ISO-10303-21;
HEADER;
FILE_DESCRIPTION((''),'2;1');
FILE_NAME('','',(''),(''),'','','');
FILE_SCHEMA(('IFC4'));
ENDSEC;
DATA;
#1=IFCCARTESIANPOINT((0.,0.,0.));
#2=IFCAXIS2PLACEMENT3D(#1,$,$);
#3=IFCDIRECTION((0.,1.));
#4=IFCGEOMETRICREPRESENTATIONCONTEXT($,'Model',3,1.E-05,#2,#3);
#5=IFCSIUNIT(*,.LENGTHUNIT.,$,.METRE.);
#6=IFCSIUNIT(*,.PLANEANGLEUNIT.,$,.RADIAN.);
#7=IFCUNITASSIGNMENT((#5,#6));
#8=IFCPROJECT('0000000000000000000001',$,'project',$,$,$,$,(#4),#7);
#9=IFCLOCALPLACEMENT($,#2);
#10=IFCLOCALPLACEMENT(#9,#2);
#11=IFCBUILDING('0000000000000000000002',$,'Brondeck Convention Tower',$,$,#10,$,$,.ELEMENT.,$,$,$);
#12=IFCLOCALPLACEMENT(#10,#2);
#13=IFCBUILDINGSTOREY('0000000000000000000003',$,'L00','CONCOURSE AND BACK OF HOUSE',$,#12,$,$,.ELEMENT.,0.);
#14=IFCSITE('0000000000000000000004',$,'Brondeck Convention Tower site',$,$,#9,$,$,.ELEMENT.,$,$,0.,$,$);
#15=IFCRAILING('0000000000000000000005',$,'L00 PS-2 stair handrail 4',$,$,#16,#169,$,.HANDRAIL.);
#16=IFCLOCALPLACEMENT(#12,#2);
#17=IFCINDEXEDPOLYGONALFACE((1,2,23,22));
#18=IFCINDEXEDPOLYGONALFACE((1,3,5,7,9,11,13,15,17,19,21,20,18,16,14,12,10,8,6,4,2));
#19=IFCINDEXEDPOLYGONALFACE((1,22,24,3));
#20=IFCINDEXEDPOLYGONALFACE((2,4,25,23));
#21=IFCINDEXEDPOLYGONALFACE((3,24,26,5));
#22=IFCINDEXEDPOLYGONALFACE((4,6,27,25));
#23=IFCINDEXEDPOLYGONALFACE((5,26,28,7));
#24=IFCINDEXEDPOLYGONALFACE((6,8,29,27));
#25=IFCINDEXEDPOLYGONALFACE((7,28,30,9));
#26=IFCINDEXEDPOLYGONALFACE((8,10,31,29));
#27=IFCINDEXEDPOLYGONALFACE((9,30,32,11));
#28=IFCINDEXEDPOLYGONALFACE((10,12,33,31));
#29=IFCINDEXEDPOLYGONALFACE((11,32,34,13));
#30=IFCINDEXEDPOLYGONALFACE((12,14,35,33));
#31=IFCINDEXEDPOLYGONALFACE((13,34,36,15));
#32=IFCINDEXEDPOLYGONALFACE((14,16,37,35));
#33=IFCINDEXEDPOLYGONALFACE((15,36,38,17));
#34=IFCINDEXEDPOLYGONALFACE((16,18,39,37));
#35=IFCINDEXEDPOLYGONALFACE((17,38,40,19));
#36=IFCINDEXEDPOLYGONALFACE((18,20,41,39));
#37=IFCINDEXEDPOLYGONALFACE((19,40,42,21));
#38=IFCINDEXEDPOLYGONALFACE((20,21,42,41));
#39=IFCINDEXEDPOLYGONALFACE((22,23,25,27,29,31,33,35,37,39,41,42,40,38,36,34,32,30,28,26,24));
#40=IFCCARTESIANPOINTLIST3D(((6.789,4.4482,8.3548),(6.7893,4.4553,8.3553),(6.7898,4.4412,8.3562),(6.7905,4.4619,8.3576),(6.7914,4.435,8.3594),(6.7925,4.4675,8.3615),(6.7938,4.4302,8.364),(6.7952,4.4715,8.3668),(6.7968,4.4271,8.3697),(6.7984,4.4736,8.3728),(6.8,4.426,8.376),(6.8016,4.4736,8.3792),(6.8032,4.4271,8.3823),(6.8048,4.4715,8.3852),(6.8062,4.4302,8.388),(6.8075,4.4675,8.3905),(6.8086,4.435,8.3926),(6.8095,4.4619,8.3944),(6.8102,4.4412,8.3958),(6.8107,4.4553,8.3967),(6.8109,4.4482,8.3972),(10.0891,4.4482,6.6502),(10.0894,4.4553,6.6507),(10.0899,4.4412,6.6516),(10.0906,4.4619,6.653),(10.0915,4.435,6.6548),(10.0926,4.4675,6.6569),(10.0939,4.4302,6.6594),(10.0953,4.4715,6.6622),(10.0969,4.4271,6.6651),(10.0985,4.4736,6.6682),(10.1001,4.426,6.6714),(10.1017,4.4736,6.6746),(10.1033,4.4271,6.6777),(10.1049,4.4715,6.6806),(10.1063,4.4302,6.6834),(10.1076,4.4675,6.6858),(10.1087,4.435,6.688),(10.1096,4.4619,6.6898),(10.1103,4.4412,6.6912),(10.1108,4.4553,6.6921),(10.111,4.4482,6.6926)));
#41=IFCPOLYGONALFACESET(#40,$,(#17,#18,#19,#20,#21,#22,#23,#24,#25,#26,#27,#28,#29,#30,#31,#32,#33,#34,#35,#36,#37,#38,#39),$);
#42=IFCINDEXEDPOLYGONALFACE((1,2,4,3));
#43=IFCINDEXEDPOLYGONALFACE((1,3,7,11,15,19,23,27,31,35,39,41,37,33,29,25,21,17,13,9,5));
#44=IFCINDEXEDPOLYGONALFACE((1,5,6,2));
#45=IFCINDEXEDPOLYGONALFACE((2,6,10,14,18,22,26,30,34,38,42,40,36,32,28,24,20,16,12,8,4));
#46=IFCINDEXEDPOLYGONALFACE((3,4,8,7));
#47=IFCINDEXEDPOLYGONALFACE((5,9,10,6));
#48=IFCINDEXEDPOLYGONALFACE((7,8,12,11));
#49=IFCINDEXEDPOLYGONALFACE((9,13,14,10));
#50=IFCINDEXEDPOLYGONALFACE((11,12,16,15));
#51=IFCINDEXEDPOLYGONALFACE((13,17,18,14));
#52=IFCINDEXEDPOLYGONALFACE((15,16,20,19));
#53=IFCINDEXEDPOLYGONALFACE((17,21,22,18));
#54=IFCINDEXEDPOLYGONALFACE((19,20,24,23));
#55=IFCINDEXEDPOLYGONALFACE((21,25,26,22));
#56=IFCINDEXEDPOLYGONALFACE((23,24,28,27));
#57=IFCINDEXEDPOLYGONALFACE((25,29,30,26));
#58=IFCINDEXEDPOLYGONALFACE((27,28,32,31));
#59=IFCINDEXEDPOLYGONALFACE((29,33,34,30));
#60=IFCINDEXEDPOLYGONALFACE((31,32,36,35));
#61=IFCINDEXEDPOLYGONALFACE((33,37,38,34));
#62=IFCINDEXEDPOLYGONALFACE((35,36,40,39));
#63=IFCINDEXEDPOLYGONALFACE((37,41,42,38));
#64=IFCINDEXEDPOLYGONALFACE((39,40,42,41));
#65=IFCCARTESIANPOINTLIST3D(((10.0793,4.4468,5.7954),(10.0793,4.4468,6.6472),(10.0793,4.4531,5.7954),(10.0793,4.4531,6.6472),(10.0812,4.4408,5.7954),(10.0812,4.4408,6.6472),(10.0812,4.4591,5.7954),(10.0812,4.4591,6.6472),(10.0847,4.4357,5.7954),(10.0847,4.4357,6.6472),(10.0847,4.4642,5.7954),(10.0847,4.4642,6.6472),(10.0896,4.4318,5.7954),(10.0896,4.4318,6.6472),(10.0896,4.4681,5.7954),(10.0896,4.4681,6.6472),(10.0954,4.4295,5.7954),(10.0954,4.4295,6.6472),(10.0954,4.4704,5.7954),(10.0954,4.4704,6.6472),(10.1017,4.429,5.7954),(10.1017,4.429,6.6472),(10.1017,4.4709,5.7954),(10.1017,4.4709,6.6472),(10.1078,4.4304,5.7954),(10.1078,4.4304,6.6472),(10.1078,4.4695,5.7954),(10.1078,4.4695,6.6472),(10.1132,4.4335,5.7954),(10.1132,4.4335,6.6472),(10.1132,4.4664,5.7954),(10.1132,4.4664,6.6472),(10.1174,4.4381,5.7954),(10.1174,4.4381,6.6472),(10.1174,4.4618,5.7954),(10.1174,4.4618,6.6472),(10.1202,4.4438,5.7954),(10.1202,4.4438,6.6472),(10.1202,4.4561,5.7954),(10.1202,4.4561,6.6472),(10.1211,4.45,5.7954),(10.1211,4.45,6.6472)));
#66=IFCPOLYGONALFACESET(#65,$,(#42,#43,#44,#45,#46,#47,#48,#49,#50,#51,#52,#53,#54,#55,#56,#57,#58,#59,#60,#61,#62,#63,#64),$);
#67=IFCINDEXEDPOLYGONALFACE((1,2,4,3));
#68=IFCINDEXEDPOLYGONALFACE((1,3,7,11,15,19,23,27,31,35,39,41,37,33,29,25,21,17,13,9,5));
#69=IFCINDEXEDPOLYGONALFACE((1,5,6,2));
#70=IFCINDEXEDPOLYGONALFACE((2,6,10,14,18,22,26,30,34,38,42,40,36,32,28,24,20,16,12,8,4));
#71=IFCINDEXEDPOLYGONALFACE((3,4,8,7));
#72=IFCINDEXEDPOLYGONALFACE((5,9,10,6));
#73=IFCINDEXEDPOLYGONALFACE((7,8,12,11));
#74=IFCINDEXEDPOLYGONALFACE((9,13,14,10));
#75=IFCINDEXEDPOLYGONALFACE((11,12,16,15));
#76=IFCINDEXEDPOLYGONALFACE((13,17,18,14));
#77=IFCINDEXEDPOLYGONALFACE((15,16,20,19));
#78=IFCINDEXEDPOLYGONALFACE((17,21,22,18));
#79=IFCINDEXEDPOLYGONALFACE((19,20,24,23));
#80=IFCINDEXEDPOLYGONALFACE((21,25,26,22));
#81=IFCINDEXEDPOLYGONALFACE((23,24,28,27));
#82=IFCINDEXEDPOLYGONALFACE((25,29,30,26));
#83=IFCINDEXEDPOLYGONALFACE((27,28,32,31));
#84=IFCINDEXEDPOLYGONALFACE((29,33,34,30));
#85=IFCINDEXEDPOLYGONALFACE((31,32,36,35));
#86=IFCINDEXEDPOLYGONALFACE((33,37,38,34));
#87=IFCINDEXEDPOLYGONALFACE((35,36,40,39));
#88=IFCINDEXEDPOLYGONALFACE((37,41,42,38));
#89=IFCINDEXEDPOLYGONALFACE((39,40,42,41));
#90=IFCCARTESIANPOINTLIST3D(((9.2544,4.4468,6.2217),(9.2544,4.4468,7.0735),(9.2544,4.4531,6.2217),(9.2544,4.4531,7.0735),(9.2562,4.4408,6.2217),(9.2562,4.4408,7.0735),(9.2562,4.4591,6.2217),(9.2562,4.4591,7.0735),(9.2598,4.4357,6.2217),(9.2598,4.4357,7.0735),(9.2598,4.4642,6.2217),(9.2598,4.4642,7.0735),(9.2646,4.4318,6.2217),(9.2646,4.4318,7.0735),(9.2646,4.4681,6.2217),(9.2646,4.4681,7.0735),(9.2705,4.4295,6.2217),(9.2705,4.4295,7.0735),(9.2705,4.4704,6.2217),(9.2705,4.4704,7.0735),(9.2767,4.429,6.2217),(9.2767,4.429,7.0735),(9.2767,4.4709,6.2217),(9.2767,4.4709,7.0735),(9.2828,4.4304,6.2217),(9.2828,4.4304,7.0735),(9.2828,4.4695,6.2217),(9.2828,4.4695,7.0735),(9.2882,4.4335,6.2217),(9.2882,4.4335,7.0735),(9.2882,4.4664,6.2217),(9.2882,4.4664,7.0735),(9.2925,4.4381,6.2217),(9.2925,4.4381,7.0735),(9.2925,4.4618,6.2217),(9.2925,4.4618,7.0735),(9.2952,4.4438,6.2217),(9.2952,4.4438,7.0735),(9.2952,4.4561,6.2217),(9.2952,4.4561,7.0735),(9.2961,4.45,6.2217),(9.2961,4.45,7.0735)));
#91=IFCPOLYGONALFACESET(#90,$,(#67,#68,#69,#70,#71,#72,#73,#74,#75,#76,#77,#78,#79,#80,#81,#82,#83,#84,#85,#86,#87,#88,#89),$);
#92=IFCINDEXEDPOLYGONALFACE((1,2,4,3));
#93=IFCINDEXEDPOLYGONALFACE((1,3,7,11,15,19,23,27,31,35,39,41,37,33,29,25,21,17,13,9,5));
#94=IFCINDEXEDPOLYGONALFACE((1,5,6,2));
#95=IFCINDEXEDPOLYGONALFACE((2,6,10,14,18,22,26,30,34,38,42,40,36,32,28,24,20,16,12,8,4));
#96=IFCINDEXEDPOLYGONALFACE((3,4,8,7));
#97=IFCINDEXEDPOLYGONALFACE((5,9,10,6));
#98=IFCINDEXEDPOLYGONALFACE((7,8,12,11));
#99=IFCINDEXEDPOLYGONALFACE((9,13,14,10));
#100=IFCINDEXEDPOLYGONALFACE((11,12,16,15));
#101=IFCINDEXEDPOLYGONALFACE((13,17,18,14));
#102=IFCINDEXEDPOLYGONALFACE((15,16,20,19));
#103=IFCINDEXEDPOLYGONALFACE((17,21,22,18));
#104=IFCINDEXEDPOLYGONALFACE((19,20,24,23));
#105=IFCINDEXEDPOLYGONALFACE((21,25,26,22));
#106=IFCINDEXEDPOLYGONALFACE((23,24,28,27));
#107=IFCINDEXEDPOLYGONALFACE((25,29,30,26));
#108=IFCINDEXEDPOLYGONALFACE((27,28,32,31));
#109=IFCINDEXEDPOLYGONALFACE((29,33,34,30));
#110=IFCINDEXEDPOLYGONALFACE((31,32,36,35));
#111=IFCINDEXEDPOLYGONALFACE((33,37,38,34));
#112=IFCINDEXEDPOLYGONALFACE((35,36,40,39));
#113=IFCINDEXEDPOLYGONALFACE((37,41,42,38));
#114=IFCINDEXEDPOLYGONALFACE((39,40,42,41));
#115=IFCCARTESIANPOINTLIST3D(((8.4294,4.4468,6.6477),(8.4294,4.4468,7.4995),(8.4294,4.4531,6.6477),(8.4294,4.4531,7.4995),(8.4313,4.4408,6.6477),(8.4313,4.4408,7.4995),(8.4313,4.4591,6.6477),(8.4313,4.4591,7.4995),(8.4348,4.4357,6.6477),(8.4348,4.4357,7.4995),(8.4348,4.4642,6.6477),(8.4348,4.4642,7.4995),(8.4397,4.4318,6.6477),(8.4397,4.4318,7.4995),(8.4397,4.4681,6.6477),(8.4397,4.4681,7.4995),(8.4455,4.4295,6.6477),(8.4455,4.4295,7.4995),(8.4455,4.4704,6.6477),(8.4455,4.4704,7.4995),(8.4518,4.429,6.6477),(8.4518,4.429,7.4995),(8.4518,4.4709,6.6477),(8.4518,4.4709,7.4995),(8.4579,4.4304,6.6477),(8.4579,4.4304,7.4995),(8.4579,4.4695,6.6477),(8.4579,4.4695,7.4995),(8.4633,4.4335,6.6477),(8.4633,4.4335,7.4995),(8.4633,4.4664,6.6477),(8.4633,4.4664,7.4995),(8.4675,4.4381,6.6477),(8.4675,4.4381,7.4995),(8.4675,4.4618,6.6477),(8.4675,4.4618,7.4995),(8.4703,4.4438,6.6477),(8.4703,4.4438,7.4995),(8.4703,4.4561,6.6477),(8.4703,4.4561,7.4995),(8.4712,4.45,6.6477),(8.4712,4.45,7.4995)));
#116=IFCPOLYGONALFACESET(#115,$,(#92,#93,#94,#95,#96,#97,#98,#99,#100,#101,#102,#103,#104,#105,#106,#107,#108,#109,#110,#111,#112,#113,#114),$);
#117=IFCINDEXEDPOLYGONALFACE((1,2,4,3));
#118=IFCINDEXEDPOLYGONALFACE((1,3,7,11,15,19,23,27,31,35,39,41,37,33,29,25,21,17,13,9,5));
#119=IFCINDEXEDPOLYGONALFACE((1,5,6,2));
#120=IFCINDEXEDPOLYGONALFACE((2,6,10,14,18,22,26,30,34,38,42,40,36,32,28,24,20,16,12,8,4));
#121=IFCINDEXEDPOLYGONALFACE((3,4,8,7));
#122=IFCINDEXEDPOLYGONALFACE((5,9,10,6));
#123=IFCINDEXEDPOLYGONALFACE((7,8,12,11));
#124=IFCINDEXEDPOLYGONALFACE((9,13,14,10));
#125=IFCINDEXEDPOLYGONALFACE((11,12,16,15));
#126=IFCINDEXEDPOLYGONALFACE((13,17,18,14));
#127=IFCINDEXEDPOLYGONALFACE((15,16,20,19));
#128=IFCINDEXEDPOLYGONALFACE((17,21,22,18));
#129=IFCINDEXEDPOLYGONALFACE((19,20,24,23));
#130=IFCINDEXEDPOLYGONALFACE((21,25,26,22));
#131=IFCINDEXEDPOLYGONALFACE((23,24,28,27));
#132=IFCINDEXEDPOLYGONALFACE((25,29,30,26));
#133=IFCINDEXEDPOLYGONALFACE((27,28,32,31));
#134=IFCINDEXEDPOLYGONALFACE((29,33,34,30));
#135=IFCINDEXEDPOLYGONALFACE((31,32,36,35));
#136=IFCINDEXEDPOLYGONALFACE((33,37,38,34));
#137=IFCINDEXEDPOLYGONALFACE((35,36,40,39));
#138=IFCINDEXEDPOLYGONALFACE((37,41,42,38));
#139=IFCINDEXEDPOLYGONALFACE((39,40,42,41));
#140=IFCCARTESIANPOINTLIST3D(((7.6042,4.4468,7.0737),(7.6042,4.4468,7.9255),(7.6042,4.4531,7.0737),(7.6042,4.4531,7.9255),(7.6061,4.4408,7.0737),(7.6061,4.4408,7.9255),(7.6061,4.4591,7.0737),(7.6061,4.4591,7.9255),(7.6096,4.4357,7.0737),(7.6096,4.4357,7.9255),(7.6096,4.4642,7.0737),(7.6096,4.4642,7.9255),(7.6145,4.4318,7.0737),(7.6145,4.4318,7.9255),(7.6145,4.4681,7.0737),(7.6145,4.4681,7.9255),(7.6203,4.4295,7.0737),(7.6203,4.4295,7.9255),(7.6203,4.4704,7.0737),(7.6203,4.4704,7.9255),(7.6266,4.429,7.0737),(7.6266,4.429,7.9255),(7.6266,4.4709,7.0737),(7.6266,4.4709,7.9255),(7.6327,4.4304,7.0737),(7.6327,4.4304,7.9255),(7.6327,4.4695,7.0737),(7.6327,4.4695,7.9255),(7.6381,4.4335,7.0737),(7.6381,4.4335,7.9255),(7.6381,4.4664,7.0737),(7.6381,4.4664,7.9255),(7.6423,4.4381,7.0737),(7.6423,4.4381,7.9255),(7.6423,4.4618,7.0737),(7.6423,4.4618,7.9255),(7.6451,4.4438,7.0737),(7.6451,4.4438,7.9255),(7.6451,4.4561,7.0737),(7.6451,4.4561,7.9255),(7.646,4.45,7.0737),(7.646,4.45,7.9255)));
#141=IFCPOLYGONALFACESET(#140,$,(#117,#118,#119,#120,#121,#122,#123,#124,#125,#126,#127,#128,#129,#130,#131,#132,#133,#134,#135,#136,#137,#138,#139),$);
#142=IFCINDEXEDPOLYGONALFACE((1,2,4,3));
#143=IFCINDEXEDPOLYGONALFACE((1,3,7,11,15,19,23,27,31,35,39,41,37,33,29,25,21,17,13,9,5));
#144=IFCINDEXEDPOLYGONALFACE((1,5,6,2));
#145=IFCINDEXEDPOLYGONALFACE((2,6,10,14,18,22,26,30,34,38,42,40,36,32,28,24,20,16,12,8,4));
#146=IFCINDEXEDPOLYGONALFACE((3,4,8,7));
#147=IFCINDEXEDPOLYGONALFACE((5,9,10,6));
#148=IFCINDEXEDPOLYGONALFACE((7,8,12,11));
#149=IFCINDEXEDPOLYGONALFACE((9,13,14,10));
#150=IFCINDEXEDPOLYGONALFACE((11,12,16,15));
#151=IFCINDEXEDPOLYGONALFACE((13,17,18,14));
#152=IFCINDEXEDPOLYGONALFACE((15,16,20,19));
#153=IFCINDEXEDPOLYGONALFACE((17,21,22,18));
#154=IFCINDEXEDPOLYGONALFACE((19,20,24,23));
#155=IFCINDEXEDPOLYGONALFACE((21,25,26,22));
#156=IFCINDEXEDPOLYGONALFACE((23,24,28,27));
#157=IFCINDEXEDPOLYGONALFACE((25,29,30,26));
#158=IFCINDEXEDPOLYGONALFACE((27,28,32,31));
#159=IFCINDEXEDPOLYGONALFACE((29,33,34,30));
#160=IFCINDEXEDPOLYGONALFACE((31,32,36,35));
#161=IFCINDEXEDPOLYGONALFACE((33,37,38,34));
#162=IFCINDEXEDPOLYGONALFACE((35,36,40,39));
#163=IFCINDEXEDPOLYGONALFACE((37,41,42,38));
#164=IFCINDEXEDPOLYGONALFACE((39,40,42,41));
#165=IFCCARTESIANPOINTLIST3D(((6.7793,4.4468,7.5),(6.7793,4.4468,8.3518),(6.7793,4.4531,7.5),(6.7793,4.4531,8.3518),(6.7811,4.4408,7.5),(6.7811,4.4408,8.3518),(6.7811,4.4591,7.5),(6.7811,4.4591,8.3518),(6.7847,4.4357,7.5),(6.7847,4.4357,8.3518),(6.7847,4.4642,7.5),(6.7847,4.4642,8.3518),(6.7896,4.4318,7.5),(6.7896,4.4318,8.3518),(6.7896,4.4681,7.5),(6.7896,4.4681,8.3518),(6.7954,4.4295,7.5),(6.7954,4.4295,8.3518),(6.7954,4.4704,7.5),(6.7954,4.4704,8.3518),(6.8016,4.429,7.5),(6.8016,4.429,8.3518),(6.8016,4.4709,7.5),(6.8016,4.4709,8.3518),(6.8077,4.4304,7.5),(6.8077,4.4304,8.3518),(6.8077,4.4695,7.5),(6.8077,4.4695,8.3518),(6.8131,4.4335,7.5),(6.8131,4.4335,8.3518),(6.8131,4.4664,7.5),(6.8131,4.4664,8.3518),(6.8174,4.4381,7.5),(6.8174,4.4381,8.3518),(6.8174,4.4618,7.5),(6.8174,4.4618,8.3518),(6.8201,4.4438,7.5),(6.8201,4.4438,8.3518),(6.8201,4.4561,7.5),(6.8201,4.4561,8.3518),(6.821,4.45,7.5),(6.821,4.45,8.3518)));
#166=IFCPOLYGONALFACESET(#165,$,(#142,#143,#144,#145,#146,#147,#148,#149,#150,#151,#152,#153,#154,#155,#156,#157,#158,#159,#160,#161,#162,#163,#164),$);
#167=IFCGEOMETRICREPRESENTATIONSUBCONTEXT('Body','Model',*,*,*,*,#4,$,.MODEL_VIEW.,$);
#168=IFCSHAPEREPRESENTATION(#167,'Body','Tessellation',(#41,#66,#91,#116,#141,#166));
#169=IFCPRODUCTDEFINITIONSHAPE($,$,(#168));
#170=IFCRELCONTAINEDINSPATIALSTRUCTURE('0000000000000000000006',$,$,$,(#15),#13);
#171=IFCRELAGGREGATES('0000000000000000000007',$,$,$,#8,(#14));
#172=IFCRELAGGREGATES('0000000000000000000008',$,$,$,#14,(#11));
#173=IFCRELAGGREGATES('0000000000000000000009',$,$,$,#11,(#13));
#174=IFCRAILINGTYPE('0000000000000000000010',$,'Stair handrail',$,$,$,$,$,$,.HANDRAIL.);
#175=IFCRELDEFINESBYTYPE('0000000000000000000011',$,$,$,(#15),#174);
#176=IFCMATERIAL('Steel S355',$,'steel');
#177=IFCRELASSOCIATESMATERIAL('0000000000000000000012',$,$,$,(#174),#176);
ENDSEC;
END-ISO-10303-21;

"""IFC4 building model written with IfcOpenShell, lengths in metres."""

from ifc_helpers import new_model, si_unit, direction, frame, origin, origin_2d, place, context, subcontext, project, spatial, circle, extrude, material, type_object, element, save


model = new_model("IFC4")

# Units and contexts
model_context = context("Model", 3, precision=1e-05, world=origin(), true_north=direction((0.0, 1.0)))
body_context = subcontext(model_context, "Body", "Model", "MODEL_VIEW")
ifc_project = project(units=[si_unit("LENGTHUNIT", "METRE"), si_unit("PLANEANGLEUNIT", "RADIAN")], contexts=[model_context])

# Site, building, storey
site_placement = place(None, origin())
site = spatial("IfcSite", under=ifc_project, at=site_placement, Name="Brondeck Convention Tower site", CompositionType="ELEMENT", RefElevation=0.0)
building_placement = place(site_placement, origin())
building = spatial("IfcBuilding", under=site, at=building_placement, Name="Brondeck Convention Tower", CompositionType="ELEMENT")
storey_placement = place(building_placement, origin())
storey = spatial("IfcBuildingStorey", under=building, at=storey_placement, Name="L00", Description="CONCOURSE AND BACK OF HOUSE", CompositionType="ELEMENT", Elevation=0.0)

# Railing
ifc_material_1 = material(Name="Steel S355", Category="steel")
railing_type_1 = type_object("IfcRailingType", Name="Stair handrail", PredefinedType="HANDRAIL", material=ifc_material_1)
for number, where, name in (
    (1, (10.1001, 4.45, 5.7954), "L00 PS-2 stair handrail 4"),
):
    element("IfcRailing", number, at=place(storey_placement, frame(where)), inside=storey, type_object=railing_type_1, Name=name, PredefinedType="HANDRAIL", context=body_context, shape_type="SweptSolid", body=[
        extrude(circle(Radius=0.0239, at=origin_2d()), frame((0.0, 0.0, 0.876), z_axis=(-0.888474, 0.0, 0.458928), x_axis=(0.0, -1.0, 0.0)), (0.0, 0.0, 1.0), 3.7144),
        extrude(circle(Radius=0.021, at=origin_2d()), origin(), (0.0, 0.0, 1.0), 0.8518),
        extrude(circle(Radius=0.021, at=origin_2d()), frame((-0.825, 0.0, 0.4263)), (0.0, 0.0, 1.0), 0.8518),
        extrude(circle(Radius=0.021, at=origin_2d()), frame((-1.6499, 0.0, 0.8523)), (0.0, 0.0, 1.0), 0.8518),
        extrude(circle(Radius=0.021, at=origin_2d()), frame((-2.4751, 0.0, 1.2783)), (0.0, 0.0, 1.0), 0.8518),
        extrude(circle(Radius=0.021, at=origin_2d()), frame((-3.3, 0.0, 1.7046)), (0.0, 0.0, 1.0), 0.8518),
    ])

save(model, "model.ifc")
